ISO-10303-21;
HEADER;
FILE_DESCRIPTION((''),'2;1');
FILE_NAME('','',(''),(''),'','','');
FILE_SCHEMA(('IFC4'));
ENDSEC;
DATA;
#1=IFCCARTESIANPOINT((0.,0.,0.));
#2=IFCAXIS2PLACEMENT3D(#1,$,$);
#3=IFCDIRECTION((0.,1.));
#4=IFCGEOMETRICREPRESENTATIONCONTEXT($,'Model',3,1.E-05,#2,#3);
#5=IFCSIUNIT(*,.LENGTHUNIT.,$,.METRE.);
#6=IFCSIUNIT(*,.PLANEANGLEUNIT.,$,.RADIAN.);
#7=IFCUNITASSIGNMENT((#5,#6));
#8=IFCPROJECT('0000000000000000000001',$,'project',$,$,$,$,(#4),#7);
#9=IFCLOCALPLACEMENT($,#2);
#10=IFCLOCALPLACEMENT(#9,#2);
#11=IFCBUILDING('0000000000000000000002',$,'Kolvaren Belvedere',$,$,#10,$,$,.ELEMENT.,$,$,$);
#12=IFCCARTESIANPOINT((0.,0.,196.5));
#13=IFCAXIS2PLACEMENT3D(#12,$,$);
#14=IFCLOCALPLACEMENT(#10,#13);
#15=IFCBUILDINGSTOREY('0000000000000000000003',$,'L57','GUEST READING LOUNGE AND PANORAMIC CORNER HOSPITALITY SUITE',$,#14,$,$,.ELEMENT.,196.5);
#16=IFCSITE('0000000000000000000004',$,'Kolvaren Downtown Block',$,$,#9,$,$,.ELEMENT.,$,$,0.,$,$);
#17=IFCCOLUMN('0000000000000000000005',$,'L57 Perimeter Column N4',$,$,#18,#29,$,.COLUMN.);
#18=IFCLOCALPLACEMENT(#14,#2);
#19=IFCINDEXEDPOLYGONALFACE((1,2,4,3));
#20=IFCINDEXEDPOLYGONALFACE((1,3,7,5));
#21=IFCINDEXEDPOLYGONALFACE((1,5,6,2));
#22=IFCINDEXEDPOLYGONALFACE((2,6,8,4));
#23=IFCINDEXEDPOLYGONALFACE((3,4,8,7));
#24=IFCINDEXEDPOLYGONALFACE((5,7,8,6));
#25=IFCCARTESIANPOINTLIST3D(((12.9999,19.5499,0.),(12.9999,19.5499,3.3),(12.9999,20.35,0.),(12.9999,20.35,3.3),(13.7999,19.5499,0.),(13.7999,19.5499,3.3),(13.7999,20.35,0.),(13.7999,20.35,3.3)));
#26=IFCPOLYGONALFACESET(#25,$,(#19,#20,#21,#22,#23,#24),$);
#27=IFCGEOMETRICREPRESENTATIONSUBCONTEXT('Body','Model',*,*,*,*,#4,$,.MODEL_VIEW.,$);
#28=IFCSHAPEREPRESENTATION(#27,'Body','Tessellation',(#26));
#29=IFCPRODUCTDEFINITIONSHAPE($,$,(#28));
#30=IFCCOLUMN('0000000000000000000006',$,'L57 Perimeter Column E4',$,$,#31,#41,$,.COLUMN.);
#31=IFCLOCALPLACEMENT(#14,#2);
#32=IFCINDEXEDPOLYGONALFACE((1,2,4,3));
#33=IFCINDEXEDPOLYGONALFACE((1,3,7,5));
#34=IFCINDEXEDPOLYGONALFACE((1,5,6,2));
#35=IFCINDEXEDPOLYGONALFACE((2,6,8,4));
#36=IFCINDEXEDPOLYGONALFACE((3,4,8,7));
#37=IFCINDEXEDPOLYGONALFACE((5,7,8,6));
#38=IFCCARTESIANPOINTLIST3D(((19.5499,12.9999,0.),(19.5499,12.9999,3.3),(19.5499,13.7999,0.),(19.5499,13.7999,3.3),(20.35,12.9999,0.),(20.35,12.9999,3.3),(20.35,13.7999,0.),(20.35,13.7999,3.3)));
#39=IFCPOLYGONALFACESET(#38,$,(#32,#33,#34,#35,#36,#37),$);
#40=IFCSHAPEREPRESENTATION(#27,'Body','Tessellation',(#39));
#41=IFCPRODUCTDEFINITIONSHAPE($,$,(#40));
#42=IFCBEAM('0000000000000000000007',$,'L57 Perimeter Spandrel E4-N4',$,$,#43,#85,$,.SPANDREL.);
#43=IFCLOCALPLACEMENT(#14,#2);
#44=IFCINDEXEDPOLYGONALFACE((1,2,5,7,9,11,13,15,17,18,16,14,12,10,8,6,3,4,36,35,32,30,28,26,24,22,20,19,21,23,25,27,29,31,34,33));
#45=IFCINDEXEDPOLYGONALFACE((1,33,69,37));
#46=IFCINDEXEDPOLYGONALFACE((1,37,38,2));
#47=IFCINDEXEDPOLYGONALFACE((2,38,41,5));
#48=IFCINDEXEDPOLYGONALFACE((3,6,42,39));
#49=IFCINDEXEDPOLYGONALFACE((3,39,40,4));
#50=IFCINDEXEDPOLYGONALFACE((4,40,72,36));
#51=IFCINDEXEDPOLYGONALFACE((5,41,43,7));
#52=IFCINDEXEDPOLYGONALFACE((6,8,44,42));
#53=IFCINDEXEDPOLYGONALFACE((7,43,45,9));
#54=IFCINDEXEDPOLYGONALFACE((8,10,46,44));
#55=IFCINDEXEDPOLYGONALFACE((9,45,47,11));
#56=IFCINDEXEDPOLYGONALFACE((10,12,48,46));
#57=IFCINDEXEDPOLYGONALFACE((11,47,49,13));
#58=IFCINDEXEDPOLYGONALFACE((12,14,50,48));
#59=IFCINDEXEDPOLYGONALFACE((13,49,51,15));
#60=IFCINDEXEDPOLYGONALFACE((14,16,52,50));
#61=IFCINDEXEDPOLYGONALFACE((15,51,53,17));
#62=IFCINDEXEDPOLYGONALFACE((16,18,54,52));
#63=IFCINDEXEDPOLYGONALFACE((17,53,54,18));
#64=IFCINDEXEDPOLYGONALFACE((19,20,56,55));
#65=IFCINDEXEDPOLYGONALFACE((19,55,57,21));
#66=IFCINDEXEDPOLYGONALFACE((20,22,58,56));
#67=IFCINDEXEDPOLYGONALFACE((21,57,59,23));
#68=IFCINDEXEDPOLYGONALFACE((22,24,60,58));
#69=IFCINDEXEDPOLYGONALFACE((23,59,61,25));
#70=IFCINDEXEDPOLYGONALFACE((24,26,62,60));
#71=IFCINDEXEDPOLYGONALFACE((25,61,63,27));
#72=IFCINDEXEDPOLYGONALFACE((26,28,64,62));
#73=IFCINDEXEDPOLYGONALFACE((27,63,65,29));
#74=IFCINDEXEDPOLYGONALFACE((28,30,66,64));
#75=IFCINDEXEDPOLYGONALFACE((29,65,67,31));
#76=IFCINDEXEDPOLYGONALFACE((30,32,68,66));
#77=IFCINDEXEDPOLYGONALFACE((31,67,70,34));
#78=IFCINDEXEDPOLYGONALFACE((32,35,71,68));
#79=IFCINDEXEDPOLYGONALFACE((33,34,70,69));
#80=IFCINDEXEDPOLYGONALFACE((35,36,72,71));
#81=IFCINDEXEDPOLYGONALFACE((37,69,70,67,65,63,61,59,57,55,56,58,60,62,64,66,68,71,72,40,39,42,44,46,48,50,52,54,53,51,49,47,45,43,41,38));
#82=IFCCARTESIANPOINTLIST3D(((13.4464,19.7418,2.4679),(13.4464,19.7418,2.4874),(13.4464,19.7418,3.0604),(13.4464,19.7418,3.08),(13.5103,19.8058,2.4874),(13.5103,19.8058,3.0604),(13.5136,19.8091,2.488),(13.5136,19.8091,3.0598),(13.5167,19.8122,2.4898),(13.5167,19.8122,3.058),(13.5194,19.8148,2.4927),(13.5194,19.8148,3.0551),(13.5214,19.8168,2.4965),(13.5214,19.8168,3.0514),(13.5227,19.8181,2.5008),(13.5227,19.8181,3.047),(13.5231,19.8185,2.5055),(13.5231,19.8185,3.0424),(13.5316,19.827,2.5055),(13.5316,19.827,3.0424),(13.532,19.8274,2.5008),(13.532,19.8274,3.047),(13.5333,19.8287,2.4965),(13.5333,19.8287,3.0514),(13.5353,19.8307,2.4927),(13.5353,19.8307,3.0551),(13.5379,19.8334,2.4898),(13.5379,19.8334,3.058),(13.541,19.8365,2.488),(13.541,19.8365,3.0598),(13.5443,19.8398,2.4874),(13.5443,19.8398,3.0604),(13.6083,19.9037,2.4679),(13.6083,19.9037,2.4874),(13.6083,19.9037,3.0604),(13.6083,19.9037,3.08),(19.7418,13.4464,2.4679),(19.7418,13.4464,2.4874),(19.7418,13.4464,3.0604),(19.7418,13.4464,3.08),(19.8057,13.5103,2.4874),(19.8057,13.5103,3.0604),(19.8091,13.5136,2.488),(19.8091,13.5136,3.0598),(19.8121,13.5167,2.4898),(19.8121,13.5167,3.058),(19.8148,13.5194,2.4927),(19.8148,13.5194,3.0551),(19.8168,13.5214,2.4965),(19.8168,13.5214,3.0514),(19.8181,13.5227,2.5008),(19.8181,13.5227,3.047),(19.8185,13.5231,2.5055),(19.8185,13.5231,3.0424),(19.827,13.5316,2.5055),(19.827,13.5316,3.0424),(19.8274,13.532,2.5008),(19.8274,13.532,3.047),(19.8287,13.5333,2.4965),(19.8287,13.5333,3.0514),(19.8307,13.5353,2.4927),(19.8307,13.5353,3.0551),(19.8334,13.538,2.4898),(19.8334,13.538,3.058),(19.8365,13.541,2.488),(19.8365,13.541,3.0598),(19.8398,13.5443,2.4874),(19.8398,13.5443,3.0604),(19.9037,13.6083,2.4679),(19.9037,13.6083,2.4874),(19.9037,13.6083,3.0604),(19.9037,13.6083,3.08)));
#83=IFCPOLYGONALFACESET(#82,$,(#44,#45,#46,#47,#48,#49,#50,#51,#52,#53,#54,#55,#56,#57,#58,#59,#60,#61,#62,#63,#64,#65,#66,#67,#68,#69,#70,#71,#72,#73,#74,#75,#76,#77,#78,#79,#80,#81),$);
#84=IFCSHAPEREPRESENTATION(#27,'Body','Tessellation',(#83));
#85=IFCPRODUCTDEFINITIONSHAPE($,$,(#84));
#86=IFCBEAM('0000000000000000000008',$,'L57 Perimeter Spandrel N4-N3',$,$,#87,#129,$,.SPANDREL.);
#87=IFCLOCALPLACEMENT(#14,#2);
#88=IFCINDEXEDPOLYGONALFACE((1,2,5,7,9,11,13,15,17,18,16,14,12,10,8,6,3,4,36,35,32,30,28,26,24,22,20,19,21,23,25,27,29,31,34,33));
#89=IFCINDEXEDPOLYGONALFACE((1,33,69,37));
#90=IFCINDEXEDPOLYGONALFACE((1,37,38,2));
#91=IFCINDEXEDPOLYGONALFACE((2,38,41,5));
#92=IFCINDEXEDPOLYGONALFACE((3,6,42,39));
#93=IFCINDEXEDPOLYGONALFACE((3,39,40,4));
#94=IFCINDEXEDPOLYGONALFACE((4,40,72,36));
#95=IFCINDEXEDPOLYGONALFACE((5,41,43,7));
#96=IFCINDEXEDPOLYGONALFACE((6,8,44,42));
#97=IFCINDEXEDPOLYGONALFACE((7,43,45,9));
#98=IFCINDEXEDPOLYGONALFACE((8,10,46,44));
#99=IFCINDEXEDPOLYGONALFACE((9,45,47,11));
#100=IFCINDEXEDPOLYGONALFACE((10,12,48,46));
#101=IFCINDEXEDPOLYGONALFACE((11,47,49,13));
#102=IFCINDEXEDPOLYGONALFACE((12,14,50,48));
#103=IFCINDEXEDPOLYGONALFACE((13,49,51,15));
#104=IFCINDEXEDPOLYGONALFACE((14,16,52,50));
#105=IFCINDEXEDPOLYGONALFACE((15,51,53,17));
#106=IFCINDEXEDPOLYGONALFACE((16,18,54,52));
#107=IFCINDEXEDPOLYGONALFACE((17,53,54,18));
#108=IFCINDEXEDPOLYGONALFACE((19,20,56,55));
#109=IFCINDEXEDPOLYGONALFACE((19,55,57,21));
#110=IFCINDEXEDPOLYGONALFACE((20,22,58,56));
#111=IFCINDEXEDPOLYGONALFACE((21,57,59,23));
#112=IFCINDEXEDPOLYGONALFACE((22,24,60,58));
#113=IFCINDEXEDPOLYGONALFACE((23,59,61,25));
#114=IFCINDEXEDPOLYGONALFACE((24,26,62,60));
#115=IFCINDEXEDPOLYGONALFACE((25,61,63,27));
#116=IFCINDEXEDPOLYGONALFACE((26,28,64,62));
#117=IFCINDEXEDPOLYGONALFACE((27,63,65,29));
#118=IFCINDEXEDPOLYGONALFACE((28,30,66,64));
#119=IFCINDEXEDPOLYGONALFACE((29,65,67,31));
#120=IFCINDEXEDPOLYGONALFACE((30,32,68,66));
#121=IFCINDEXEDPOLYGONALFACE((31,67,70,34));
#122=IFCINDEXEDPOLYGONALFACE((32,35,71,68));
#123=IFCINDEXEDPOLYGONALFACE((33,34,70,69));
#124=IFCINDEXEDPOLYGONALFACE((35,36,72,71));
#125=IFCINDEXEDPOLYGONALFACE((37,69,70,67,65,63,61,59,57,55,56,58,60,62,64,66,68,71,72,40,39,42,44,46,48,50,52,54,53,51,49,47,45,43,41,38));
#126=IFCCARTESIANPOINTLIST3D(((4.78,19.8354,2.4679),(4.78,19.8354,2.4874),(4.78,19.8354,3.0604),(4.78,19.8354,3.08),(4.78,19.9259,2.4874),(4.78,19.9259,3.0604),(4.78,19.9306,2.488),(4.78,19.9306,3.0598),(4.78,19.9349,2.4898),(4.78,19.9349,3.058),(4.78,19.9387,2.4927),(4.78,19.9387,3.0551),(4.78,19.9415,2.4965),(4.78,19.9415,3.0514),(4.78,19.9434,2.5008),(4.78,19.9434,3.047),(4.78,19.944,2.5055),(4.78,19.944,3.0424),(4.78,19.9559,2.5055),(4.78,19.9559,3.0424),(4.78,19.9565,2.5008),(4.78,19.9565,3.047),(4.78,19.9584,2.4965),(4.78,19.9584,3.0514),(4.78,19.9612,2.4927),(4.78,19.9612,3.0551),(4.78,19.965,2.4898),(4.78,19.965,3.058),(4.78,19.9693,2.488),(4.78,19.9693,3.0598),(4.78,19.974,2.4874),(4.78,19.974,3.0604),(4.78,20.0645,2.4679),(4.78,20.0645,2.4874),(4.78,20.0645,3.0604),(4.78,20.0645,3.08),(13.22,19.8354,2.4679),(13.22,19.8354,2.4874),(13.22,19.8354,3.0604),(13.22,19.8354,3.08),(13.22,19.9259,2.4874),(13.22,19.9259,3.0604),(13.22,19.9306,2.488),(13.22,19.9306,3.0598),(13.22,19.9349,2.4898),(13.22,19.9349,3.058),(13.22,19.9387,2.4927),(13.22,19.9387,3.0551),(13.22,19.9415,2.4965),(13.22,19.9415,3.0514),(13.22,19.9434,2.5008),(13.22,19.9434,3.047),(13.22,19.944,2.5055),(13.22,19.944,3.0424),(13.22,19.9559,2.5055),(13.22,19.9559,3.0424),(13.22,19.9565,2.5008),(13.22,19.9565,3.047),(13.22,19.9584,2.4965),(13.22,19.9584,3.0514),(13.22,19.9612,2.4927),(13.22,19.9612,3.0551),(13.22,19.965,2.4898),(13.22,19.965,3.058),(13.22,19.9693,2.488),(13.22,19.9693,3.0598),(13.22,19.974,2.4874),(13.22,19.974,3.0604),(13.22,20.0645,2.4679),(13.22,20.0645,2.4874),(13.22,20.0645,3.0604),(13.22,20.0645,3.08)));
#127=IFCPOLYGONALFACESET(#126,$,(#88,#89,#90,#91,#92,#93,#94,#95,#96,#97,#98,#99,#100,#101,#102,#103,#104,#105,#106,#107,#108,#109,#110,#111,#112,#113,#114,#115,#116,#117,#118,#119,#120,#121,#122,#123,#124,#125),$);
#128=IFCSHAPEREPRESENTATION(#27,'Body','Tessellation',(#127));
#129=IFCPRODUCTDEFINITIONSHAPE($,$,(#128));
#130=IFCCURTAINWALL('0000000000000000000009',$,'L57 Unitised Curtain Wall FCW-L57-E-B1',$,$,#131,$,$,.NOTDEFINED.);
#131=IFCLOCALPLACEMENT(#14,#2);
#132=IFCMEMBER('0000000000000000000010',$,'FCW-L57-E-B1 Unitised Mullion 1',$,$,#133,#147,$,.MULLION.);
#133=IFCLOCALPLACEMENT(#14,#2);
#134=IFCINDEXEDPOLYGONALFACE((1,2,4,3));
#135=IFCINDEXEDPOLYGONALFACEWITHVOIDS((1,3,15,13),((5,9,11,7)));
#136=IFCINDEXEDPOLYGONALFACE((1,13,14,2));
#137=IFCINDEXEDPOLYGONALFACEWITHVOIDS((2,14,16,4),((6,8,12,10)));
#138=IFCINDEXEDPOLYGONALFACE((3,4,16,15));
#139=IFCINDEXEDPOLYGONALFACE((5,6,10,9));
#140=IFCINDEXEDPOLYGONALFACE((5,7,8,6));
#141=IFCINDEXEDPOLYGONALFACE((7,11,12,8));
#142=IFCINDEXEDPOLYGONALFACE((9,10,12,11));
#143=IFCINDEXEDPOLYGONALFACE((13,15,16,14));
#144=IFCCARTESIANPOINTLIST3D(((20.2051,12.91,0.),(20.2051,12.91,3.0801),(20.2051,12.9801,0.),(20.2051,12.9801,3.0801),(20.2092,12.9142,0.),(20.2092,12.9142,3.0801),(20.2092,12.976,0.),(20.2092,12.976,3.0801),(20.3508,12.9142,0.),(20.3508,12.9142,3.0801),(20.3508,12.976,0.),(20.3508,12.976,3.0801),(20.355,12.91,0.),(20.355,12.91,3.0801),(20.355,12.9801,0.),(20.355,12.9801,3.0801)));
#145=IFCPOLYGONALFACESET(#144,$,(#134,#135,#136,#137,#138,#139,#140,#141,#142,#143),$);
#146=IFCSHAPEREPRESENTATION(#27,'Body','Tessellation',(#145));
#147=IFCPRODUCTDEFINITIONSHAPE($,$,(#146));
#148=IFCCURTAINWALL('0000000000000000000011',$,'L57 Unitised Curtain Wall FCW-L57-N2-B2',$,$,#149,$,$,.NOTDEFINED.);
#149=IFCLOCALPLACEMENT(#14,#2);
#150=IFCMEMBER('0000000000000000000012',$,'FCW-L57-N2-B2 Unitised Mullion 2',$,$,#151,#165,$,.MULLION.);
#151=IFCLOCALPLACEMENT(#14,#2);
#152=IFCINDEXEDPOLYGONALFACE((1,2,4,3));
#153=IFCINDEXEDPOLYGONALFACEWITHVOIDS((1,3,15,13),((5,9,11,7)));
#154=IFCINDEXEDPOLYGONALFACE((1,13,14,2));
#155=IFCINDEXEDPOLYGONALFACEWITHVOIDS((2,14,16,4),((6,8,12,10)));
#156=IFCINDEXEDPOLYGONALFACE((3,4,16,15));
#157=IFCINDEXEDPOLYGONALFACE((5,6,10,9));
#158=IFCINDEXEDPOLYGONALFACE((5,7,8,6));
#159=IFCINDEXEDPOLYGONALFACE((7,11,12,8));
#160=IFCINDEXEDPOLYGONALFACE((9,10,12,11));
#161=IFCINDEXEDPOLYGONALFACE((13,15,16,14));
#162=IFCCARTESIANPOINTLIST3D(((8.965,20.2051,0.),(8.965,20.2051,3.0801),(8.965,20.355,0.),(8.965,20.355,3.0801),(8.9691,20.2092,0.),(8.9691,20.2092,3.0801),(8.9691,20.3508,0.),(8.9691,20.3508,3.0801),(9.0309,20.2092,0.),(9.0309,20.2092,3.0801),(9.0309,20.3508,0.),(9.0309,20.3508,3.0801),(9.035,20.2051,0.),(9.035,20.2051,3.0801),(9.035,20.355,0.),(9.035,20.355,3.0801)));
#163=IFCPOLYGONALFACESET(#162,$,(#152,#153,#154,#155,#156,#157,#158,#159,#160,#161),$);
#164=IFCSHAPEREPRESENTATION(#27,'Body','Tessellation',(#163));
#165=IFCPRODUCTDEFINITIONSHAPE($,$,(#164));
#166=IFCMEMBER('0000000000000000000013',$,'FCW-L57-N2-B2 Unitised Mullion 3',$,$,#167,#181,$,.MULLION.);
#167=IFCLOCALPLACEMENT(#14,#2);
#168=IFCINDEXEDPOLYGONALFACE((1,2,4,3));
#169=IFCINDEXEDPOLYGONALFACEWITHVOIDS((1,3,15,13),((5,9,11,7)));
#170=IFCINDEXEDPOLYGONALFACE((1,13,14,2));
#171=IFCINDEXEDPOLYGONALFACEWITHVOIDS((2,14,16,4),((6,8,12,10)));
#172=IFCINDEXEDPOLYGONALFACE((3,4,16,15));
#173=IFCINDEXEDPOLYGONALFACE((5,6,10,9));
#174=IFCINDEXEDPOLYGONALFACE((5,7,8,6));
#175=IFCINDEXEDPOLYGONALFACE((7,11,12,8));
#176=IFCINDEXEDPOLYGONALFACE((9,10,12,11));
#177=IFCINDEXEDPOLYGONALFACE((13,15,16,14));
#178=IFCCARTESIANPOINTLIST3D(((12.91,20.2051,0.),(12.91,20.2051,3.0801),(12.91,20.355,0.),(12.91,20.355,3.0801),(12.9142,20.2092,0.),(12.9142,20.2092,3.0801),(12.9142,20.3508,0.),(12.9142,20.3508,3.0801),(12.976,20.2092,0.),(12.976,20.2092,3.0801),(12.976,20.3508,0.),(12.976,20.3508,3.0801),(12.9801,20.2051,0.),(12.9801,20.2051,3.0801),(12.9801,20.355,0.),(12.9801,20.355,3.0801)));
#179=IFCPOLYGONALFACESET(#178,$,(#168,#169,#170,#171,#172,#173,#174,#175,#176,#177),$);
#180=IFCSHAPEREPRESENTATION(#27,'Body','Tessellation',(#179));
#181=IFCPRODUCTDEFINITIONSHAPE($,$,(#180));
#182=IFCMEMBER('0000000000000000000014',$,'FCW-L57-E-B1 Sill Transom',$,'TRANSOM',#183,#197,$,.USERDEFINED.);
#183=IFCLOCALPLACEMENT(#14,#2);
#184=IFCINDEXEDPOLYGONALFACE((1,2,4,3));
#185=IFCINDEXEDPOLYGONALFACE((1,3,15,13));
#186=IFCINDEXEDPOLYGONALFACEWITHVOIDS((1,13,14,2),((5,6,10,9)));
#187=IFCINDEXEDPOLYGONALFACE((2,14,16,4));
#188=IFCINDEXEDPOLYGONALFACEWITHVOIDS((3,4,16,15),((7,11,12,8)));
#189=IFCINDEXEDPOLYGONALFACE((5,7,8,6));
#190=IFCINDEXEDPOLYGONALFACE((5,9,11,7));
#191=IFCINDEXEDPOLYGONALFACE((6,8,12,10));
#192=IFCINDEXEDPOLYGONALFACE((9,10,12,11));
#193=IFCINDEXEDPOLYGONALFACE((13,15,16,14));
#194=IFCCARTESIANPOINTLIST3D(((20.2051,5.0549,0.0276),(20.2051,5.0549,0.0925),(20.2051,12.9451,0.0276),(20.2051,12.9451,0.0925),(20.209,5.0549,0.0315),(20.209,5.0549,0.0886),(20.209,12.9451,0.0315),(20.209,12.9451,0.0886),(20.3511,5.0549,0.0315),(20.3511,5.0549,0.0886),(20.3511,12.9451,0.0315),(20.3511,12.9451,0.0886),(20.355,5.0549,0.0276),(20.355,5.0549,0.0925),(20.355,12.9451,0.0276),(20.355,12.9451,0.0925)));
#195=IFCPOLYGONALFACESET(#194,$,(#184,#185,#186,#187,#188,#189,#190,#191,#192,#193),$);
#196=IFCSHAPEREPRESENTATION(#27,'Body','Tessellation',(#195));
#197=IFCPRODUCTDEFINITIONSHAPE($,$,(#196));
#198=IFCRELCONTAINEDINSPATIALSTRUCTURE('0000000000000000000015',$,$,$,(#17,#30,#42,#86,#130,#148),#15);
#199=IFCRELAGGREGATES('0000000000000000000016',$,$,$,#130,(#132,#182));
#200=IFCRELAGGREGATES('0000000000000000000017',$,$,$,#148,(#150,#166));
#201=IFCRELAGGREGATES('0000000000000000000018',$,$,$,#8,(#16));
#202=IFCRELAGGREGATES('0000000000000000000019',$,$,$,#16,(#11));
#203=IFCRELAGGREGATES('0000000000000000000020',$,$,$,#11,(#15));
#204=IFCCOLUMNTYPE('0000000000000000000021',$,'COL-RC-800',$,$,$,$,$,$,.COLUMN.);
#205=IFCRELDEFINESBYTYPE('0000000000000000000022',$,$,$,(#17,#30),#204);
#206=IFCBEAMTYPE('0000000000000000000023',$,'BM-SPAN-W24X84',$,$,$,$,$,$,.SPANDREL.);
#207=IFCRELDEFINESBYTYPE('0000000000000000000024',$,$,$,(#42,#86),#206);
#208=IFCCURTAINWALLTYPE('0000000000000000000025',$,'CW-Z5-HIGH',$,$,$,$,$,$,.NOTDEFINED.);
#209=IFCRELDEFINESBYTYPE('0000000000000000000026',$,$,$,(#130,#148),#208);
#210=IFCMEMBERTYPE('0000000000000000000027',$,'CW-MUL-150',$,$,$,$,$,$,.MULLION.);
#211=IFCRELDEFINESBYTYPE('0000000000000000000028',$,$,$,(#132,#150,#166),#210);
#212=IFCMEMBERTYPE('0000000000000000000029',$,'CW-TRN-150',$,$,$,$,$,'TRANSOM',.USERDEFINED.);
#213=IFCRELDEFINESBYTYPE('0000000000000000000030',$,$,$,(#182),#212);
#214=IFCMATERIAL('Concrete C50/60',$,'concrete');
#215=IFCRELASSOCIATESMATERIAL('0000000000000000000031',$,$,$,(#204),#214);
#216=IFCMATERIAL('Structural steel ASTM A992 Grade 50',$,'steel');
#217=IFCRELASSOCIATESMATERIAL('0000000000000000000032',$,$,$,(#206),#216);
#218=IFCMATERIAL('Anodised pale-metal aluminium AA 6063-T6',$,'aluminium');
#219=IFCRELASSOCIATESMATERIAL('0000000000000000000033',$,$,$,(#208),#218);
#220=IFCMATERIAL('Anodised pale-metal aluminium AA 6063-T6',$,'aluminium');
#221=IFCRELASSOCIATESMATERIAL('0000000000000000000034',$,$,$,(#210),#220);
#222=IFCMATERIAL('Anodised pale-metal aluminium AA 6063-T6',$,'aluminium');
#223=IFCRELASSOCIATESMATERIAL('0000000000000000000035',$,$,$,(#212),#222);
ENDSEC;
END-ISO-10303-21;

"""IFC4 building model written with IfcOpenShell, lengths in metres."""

from ifc_helpers import new_model, si_unit, direction, frame, origin, origin_2d, place, context, subcontext, project, spatial, rectangle, hollow_rectangle, i_section, extrude, material, material_profile, profile_set, type_object, element, aggregate, save


model = new_model("IFC4")

# Units and contexts
model_context = context("Model", 3, precision=1e-05, world=origin(), true_north=direction((0.0, 1.0)))
body_context = subcontext(model_context, "Body", "Model", "MODEL_VIEW")
ifc_project = project(units=[si_unit("LENGTHUNIT", "METRE"), si_unit("PLANEANGLEUNIT", "RADIAN")], contexts=[model_context])

# Site, building, storey
site_placement = place(None, origin())
site = spatial("IfcSite", under=ifc_project, at=site_placement, Name="Kolvaren Downtown Block", CompositionType="ELEMENT", RefElevation=0.0)
building_placement = place(site_placement, origin())
building = spatial("IfcBuilding", under=site, at=building_placement, Name="Kolvaren Belvedere", CompositionType="ELEMENT")
storey_placement = place(building_placement, frame((0.0, 0.0, 196.5)))
storey = spatial("IfcBuildingStorey", under=building, at=storey_placement, Name="L57", Description="GUEST READING LOUNGE AND PANORAMIC CORNER HOSPITALITY SUITE", CompositionType="ELEMENT", Elevation=196.5)

# Columns
ifc_material_1 = material(Name="Concrete C50/60", Category="concrete")
ifc_material_profile_1 = material_profile(ifc_material_1, rectangle(XDim=0.8, YDim=0.8, at=origin_2d()), Name="RC 800X800")
ifc_profile_set_1 = profile_set([ifc_material_profile_1], Name="Concrete C50/60")
column_type = type_object("IfcColumnType", Name="COL-RC-800", PredefinedType="COLUMN", material=ifc_profile_set_1)
for number, where, z_axis, x_axis, name in (
    (1, (13.3999, 19.95, 0.0), (0.0, 0.0, 1.0), (1.0, 0.0, 0.0), "L57 Perimeter Column N4"),
    (2, (19.95, 13.3999, 0.0), (0.0, 0.0, 1.0), (1.0, 0.0, 0.0), "L57 Perimeter Column E4"),
):
    element("IfcColumn", number, at=place(storey_placement, frame(where, z_axis=z_axis, x_axis=x_axis)), inside=storey, type_object=column_type, Name=name, PredefinedType="COLUMN", context=body_context, shape_type="SweptSolid", body=[
        extrude(rectangle(XDim=0.8, YDim=0.8, at=origin_2d()), origin(), (0.0, 0.0, 1.0), 3.3),
    ])

# Beams
ifc_material_2 = material(Name="Structural steel ASTM A992 Grade 50", Category="steel")
ifc_material_profile_2 = material_profile(ifc_material_2, i_section(OverallWidth=0.229, OverallDepth=0.6121, WebThickness=0.012, FlangeThickness=0.0195, FilletRadius=0.0181, at=origin_2d()), Name="W24X84")
ifc_profile_set_2 = profile_set([ifc_material_profile_2], Name="Structural steel ASTM A992 Grade 50")
beam_type = type_object("IfcBeamType", Name="BM-SPAN-W24X84", PredefinedType="SPANDREL", material=ifc_profile_set_2)
beam_1_placement = place(storey_placement, frame((19.8228, 13.5273, 2.7739), z_axis=(-0.707107, 0.707107, 0.0), x_axis=(-0.707107, -0.707107, 0.0)))
element("IfcBeam", 3, at=beam_1_placement, inside=storey, type_object=beam_type, Name="L57 Perimeter Spandrel E4-N4", PredefinedType="SPANDREL", context=body_context, shape_type="SweptSolid", body=[
    extrude(i_section(OverallWidth=0.229, OverallDepth=0.6121, WebThickness=0.012, FlangeThickness=0.0195, FilletRadius=0.0181, at=origin_2d()), origin(), (0.0, 0.0, 1.0), 8.9031),
])
beam_2_placement = place(storey_placement, frame((13.22, 19.95, 2.7739), z_axis=(-1.0, 0.0, 0.0), x_axis=(0.0, -1.0, 0.0)))
element("IfcBeam", 4, at=beam_2_placement, inside=storey, type_object=beam_type, Name="L57 Perimeter Spandrel N4-N3", PredefinedType="SPANDREL", context=body_context, shape_type="SweptSolid", body=[
    extrude(i_section(OverallWidth=0.229, OverallDepth=0.6121, WebThickness=0.012, FlangeThickness=0.0195, FilletRadius=0.0181, at=origin_2d()), origin(), (0.0, 0.0, 1.0), 8.4399),
])

# Curtain wall, member
ifc_material_3 = material(Name="Anodised pale-metal aluminium AA 6063-T6", Category="aluminium")
curtain_wall_type = type_object("IfcCurtainWallType", Name="CW-Z5-HIGH", PredefinedType="NOTDEFINED", material=ifc_material_3)
curtain_wall_1_placement = place(storey_placement, origin())
curtain_wall_1 = element("IfcCurtainWall", 5, at=curtain_wall_1_placement, inside=storey, type_object=curtain_wall_type, Name="L57 Unitised Curtain Wall FCW-L57-E-B1", PredefinedType="NOTDEFINED")
ifc_material_4 = material(Name="Anodised pale-metal aluminium AA 6063-T6", Category="aluminium")
ifc_material_profile_3 = material_profile(ifc_material_4, hollow_rectangle(XDim=0.0701, YDim=0.1499, WallThickness=0.0042, at=origin_2d()), Name="ALU-MUL-150X70")
ifc_profile_set_3 = profile_set([ifc_material_profile_3], Name="Anodised pale-metal aluminium AA 6063-T6")
member_type_1 = type_object("IfcMemberType", Name="CW-MUL-150", PredefinedType="MULLION", material=ifc_profile_set_3)
member_1_placement = place(storey_placement, frame((20.28, 12.9451, 0.0), z_axis=(0.0, 0.0, 1.0), x_axis=(0.0, 1.0, 0.0)))
member_1 = element("IfcMember", 6, at=member_1_placement, type_object=member_type_1, Name="FCW-L57-E-B1 Unitised Mullion 1", PredefinedType="MULLION", context=body_context, shape_type="SweptSolid", body=[
    extrude(hollow_rectangle(XDim=0.0701, YDim=0.1499, WallThickness=0.0042, at=origin_2d()), origin(), (0.0, 0.0, 1.0), 3.0801),
])

# Curtain wall, members
curtain_wall_2_placement = place(storey_placement, origin())
curtain_wall_2 = element("IfcCurtainWall", 7, at=curtain_wall_2_placement, inside=storey, type_object=curtain_wall_type, Name="L57 Unitised Curtain Wall FCW-L57-N2-B2", PredefinedType="NOTDEFINED")
member_2_placement = place(storey_placement, frame((9.0, 20.28, 0.0), z_axis=(0.0, 0.0, 1.0), x_axis=(1.0, 0.0, 0.0)))
member_2 = element("IfcMember", 8, at=member_2_placement, type_object=member_type_1, Name="FCW-L57-N2-B2 Unitised Mullion 2", PredefinedType="MULLION", context=body_context, shape_type="SweptSolid", body=[
    extrude(hollow_rectangle(XDim=0.0701, YDim=0.1499, WallThickness=0.0042, at=origin_2d()), origin(), (0.0, 0.0, 1.0), 3.0801),
])
member_3_placement = place(storey_placement, frame((12.9451, 20.28, 0.0), z_axis=(0.0, 0.0, 1.0), x_axis=(1.0, 0.0, 0.0)))
member_3 = element("IfcMember", 9, at=member_3_placement, type_object=member_type_1, Name="FCW-L57-N2-B2 Unitised Mullion 3", PredefinedType="MULLION", context=body_context, shape_type="SweptSolid", body=[
    extrude(hollow_rectangle(XDim=0.0701, YDim=0.1499, WallThickness=0.0042, at=origin_2d()), origin(), (0.0, 0.0, 1.0), 3.0801),
])

# Member
ifc_material_5 = material(Name="Anodised pale-metal aluminium AA 6063-T6", Category="aluminium")
ifc_material_profile_4 = material_profile(ifc_material_5, hollow_rectangle(XDim=0.0649, YDim=0.1499, WallThickness=0.0039, at=origin_2d()), Name="ALU-TRN-150X65")
ifc_profile_set_4 = profile_set([ifc_material_profile_4], Name="Anodised pale-metal aluminium AA 6063-T6")
member_type_2 = type_object("IfcMemberType", Name="CW-TRN-150", ElementType="TRANSOM", PredefinedType="USERDEFINED", material=ifc_profile_set_4)
member_4_placement = place(storey_placement, frame((20.28, 12.9451, 0.0601), z_axis=(0.0, -1.0, 0.0), x_axis=(0.0, 0.0, 1.0)))
member_4 = element("IfcMember", 10, at=member_4_placement, type_object=member_type_2, Name="FCW-L57-E-B1 Sill Transom", ObjectType="TRANSOM", PredefinedType="USERDEFINED", context=body_context, shape_type="SweptSolid", body=[
    extrude(hollow_rectangle(XDim=0.0649, YDim=0.1499, WallThickness=0.0039, at=origin_2d()), origin(), (0.0, 0.0, 1.0), 7.8901),
])

aggregate(curtain_wall_1, [member_1, member_4])
aggregate(curtain_wall_2, [member_2, member_3])

save(model, "model.ifc")
